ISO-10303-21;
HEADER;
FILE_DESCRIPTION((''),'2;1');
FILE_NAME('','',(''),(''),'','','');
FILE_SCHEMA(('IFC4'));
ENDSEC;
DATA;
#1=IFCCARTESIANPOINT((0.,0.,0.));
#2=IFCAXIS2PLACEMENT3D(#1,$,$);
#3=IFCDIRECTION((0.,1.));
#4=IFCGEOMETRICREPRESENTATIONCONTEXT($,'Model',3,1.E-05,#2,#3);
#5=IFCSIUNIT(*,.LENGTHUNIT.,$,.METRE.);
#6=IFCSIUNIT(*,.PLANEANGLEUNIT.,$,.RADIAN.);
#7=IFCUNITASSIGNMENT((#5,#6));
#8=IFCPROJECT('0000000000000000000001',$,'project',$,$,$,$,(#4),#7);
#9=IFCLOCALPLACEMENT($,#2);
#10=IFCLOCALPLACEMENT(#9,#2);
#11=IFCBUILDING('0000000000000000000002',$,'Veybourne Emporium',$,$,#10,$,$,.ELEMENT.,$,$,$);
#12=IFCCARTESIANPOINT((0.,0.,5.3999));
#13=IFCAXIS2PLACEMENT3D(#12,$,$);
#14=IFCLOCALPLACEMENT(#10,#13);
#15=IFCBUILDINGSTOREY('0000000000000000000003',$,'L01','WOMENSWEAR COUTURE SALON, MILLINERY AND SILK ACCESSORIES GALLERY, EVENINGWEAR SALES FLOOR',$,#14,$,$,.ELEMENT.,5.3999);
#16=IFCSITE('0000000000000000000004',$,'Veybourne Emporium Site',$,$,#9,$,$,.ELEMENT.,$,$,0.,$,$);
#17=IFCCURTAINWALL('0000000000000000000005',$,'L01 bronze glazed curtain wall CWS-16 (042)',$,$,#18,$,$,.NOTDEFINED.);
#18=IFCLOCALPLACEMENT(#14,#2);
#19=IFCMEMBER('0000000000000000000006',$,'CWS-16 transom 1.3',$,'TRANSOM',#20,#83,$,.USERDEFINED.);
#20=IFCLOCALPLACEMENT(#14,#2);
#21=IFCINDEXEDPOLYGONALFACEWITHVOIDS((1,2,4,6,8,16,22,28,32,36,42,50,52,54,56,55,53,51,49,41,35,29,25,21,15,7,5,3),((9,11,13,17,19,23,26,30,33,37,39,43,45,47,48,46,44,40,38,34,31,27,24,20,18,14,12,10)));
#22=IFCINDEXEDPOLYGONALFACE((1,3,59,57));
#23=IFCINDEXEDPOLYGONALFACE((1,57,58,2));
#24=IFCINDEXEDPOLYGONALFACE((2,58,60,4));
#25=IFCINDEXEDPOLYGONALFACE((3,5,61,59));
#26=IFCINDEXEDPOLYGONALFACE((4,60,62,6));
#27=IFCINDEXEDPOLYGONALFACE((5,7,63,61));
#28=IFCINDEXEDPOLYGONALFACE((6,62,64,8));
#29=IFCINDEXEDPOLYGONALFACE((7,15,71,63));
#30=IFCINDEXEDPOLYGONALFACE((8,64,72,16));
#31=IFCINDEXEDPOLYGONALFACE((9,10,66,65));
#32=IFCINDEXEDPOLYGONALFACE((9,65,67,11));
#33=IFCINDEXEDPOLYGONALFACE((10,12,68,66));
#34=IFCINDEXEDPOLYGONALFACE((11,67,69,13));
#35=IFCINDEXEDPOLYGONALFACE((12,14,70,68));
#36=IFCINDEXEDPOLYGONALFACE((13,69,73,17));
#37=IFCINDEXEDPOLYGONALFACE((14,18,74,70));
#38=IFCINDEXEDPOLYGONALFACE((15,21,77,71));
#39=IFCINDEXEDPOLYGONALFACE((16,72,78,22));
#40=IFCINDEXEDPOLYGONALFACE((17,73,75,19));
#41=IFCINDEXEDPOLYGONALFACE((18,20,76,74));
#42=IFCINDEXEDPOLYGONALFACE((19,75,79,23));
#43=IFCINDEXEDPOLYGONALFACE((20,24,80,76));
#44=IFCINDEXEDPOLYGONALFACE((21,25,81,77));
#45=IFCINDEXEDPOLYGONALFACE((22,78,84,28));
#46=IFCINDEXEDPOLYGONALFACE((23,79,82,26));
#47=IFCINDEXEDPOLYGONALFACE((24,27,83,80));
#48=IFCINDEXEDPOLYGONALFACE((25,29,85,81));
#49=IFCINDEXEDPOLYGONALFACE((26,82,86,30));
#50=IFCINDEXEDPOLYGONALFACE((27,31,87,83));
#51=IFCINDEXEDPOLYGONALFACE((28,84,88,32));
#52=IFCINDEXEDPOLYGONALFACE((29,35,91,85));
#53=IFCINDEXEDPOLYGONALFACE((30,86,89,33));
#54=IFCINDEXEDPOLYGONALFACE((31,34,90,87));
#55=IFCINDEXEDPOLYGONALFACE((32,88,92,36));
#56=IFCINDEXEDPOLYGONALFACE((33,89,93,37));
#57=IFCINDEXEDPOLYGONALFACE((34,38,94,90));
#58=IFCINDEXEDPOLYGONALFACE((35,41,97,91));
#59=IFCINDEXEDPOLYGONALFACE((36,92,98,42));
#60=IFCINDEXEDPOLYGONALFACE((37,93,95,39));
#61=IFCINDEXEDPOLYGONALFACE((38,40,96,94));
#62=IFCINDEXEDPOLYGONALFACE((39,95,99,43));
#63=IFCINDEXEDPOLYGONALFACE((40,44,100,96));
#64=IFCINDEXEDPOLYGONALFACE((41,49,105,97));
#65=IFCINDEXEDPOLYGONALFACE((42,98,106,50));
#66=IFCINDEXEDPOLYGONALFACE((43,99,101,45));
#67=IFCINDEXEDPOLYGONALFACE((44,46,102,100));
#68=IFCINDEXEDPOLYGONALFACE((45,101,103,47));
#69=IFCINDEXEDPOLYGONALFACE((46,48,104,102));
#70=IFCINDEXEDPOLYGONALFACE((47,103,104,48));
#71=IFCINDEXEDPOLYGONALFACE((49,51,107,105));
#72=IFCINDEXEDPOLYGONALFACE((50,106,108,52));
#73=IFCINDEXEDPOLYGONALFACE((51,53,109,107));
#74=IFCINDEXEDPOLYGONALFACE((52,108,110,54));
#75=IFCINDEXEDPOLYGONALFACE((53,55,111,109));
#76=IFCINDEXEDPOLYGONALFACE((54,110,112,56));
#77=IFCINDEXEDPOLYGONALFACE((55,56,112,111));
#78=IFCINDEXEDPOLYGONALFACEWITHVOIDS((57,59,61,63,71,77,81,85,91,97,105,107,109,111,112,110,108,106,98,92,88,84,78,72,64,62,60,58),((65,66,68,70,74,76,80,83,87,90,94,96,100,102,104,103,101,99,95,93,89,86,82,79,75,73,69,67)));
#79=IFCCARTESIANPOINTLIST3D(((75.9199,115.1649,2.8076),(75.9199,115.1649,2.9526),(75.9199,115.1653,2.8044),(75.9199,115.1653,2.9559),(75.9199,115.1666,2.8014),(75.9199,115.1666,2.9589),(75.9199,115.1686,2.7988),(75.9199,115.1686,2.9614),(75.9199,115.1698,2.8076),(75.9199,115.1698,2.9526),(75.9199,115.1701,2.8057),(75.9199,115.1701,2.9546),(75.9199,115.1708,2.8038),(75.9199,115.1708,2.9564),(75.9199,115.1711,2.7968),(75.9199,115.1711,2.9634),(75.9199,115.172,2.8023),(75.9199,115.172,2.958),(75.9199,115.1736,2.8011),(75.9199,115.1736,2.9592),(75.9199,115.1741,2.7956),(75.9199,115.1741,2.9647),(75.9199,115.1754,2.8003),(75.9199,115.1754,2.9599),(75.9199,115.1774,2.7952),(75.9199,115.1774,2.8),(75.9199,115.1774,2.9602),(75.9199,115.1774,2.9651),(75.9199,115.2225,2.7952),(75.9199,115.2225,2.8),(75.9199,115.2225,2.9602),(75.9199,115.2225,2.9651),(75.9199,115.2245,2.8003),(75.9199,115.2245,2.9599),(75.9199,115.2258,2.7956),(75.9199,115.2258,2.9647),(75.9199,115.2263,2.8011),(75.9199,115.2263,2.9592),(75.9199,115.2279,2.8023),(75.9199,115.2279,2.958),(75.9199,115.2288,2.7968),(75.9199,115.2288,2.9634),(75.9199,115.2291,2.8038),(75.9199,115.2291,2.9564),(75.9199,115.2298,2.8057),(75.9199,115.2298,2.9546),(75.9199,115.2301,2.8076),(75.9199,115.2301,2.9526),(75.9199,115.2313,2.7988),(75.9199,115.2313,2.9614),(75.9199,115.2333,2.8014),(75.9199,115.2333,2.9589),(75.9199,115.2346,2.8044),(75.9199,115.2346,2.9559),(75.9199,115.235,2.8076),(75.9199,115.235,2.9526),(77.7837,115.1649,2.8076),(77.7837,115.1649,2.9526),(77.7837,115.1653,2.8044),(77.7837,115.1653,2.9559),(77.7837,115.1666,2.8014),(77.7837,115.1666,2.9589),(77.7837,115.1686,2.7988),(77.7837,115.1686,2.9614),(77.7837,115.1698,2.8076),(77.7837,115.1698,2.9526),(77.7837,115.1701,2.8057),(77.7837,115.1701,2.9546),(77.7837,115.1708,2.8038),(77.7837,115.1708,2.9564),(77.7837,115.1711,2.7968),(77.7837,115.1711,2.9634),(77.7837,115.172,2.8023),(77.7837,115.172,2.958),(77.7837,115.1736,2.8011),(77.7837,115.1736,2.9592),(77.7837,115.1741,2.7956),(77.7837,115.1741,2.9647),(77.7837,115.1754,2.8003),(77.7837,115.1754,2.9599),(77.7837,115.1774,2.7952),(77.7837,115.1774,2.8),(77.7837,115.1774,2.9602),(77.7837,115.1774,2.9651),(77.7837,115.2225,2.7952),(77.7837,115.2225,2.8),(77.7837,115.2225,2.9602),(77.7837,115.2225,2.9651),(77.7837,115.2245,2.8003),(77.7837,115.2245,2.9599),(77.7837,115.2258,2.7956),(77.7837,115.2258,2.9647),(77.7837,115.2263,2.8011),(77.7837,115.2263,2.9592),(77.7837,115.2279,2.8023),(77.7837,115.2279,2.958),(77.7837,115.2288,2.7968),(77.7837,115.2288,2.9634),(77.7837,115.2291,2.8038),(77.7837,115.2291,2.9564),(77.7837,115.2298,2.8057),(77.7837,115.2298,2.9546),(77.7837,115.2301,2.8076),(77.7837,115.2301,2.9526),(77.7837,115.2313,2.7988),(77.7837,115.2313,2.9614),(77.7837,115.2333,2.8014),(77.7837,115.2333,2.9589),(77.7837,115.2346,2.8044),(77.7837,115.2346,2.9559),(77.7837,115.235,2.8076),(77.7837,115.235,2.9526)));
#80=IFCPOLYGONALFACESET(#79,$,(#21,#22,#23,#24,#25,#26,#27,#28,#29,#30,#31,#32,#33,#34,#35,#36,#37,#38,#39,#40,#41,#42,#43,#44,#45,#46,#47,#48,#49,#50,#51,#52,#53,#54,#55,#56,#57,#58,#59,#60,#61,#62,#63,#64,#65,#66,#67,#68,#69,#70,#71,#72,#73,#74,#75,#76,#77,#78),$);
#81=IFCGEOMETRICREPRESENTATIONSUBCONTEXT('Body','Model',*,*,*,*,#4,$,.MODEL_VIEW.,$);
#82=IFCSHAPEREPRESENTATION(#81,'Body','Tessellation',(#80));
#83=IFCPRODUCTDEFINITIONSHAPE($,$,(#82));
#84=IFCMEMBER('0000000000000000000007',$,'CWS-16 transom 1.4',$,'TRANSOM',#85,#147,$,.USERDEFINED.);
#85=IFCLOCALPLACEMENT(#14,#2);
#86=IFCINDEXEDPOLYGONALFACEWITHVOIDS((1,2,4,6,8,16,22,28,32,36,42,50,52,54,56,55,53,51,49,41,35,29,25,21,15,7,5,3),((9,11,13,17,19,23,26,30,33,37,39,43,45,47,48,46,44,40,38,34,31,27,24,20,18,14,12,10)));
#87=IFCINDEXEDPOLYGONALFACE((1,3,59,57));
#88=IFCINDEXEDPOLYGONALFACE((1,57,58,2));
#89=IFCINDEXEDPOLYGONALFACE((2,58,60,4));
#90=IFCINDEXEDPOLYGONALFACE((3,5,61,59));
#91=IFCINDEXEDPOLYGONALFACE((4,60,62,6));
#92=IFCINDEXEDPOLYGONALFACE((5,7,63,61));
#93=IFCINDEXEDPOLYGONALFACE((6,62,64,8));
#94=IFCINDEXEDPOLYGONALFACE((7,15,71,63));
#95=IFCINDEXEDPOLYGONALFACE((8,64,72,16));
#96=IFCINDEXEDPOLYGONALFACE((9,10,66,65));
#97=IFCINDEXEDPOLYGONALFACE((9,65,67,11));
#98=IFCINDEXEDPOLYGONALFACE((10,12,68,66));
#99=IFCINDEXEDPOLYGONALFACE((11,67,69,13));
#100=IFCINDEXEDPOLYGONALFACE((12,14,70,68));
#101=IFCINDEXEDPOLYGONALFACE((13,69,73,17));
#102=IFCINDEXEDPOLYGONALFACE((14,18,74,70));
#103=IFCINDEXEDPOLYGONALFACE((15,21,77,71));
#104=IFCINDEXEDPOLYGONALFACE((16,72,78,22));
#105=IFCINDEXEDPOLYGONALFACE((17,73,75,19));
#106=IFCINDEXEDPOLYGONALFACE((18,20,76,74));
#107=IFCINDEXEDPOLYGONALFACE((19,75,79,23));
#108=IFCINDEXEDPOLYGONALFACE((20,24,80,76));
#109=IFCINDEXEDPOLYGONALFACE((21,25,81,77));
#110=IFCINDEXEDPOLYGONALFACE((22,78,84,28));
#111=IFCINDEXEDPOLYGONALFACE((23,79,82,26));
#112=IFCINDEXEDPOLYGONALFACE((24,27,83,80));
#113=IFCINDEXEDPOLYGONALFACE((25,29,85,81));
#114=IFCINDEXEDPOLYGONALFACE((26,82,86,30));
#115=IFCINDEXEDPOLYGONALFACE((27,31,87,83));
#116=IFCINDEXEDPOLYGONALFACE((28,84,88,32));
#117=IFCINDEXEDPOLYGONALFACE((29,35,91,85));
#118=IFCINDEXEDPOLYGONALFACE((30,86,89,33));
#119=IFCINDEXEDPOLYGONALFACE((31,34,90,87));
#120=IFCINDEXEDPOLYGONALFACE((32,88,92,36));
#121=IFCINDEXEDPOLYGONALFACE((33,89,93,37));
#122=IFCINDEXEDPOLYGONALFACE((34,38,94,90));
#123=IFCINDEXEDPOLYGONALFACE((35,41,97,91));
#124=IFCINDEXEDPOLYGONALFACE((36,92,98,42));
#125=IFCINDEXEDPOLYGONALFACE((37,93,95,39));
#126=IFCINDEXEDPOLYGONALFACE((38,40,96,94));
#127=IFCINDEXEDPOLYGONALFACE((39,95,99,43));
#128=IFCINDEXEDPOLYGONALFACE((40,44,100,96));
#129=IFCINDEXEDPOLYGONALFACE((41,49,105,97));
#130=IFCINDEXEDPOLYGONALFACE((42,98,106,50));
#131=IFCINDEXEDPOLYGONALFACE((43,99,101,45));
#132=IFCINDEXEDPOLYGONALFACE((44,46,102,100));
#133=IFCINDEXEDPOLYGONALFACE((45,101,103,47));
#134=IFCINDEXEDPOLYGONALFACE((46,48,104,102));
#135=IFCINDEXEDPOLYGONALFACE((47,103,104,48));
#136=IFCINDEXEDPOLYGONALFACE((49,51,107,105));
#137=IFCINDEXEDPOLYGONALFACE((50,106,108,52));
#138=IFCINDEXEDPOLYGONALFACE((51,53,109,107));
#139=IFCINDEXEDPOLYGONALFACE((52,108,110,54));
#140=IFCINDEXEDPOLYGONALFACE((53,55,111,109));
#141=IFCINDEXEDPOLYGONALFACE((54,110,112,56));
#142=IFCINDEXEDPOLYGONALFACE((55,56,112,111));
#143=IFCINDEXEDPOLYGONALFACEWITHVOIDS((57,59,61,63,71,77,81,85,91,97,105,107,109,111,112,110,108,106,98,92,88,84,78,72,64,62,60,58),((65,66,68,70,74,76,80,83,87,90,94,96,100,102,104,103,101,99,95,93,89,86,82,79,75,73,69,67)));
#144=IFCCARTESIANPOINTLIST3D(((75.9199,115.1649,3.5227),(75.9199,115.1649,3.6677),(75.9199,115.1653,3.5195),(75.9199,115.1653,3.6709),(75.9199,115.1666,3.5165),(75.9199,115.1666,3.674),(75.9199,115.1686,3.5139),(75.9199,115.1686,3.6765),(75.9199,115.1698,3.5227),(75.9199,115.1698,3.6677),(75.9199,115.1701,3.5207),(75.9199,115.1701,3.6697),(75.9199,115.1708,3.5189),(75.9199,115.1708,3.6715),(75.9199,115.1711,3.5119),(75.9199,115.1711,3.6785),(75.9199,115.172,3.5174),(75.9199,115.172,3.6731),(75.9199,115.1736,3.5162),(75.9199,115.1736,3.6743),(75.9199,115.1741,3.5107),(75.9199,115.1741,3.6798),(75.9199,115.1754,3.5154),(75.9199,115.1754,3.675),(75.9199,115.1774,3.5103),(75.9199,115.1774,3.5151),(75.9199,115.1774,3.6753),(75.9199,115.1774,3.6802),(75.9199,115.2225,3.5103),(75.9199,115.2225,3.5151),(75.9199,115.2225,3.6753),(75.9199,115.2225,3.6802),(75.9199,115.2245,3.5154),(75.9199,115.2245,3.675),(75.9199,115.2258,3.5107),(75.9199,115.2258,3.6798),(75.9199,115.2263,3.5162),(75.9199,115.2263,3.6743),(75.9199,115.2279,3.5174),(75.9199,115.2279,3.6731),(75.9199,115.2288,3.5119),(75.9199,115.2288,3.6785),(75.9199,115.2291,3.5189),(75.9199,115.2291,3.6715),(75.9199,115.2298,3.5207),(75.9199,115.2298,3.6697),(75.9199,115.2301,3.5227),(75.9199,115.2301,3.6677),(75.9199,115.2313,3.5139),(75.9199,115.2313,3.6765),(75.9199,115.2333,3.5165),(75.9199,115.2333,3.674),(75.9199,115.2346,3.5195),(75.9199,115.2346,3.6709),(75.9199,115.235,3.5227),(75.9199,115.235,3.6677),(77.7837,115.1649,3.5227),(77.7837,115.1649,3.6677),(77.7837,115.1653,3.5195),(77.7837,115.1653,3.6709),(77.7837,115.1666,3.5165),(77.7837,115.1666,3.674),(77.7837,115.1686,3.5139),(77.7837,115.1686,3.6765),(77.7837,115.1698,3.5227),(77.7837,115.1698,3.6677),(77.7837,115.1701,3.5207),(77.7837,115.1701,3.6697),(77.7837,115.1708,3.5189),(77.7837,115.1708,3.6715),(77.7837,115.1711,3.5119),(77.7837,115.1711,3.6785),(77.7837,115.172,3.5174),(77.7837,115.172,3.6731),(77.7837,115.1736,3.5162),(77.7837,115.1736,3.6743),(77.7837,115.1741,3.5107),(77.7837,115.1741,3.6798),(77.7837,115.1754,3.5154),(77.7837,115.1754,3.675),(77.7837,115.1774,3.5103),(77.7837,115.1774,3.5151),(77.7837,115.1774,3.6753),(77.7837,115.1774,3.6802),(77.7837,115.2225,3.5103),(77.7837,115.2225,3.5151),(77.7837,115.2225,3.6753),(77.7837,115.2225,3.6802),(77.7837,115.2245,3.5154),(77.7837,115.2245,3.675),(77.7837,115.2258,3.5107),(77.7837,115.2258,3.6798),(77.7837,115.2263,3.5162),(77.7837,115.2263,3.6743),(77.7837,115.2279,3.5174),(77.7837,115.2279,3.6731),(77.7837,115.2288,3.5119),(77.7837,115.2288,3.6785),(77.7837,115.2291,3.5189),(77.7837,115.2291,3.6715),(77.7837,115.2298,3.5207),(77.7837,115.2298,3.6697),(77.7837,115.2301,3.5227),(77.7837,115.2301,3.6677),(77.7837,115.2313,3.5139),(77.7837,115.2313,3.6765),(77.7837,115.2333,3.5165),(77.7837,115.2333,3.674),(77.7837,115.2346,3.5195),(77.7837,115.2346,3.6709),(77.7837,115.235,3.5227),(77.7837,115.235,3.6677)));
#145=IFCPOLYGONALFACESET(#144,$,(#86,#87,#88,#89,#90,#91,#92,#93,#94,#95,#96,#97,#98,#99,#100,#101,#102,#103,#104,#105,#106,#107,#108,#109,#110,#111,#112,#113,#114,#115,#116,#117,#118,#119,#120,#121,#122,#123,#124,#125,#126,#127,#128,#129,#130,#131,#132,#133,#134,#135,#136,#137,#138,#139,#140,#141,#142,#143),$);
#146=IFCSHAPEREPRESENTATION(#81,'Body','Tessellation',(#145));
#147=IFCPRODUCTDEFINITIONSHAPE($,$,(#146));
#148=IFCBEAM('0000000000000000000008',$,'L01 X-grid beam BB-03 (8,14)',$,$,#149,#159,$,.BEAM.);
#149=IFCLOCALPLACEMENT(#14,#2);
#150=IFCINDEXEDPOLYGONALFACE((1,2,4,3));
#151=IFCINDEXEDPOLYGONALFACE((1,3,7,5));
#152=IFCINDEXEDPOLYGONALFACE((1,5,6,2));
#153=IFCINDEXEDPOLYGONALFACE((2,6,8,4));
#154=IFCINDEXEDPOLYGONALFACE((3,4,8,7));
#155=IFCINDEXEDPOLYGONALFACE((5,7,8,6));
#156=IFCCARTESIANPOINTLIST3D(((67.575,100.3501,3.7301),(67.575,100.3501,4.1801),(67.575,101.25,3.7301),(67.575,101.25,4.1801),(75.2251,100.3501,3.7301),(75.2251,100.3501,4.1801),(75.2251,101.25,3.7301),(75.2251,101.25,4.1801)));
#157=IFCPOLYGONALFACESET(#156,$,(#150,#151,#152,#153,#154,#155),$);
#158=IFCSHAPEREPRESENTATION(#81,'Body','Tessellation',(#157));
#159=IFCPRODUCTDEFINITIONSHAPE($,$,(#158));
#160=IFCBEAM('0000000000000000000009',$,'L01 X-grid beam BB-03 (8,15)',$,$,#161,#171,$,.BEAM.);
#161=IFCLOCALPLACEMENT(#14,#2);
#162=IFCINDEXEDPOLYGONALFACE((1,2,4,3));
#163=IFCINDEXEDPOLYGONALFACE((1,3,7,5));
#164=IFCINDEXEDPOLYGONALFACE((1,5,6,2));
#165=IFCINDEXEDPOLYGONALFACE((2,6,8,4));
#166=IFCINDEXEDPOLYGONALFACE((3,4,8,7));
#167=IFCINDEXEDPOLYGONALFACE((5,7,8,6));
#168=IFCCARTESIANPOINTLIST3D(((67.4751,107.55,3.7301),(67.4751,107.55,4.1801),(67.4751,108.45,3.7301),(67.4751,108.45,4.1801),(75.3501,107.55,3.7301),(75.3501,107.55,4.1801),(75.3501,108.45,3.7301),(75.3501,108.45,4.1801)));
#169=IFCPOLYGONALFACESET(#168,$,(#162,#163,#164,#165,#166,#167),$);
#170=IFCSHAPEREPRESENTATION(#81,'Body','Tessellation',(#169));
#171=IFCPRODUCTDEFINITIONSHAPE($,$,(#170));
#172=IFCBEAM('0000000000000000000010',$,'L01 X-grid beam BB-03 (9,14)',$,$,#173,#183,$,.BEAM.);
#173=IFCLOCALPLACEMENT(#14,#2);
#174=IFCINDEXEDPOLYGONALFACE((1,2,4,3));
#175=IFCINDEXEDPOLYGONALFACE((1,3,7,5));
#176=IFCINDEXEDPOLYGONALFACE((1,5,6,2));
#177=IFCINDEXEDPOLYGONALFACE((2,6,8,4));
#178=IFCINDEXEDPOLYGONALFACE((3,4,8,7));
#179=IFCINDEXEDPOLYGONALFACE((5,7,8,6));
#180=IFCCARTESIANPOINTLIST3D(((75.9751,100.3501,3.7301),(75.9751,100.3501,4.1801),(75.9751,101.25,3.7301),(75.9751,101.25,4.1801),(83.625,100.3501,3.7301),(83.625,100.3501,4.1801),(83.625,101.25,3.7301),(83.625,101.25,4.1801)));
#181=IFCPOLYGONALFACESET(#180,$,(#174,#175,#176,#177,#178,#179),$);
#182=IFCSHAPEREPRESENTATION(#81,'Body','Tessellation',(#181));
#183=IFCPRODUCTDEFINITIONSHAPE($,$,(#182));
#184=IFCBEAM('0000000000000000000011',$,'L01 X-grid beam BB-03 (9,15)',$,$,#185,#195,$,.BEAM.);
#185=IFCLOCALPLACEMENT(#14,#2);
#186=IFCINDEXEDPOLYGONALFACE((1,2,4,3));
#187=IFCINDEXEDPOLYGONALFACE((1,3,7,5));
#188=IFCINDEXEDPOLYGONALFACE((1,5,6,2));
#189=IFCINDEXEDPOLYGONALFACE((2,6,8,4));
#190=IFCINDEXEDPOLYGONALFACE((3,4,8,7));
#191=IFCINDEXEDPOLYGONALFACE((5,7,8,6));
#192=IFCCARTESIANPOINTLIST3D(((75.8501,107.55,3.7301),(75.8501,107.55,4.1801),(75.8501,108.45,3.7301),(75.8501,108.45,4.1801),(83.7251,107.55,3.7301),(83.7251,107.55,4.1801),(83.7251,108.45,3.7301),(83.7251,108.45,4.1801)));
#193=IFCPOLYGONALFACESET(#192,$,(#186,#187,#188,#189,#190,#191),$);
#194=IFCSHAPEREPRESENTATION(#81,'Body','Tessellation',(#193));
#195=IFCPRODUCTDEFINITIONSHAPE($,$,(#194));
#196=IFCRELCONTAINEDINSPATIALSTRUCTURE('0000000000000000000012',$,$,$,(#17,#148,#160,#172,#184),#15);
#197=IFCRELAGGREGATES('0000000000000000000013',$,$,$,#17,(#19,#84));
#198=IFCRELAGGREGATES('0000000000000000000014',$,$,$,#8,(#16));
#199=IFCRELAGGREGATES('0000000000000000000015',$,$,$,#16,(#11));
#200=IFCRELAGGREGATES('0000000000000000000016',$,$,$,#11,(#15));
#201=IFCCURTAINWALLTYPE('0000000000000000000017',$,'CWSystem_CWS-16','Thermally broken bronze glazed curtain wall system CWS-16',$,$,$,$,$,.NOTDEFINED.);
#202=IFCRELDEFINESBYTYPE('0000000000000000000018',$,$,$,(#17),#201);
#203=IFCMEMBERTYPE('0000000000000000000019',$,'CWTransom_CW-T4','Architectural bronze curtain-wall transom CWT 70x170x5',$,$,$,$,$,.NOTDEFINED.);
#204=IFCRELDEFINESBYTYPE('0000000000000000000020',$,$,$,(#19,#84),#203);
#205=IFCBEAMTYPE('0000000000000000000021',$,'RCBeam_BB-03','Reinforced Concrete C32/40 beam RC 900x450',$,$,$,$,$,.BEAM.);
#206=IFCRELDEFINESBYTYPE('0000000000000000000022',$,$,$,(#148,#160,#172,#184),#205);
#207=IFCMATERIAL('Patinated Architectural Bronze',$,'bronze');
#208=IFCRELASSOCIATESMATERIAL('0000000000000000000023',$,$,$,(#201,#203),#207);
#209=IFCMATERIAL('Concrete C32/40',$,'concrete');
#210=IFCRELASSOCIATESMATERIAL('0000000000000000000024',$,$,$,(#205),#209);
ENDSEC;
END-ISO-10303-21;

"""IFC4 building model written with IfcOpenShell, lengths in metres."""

from ifc_helpers import new_model, si_unit, direction, frame, origin, origin_2d, place, context, subcontext, project, spatial, rectangle, hollow_rectangle, extrude, material, material_profile, profile_set, type_object, element, aggregate, save


model = new_model("IFC4")

# Units and contexts
model_context = context("Model", 3, precision=1e-05, world=origin(), true_north=direction((0.0, 1.0)))
body_context = subcontext(model_context, "Body", "Model", "MODEL_VIEW")
ifc_project = project(units=[si_unit("LENGTHUNIT", "METRE"), si_unit("PLANEANGLEUNIT", "RADIAN")], contexts=[model_context])

# Site, building, storey
site_placement = place(None, origin())
site = spatial("IfcSite", under=ifc_project, at=site_placement, Name="Veybourne Emporium Site", CompositionType="ELEMENT", RefElevation=0.0)
building_placement = place(site_placement, origin())
building = spatial("IfcBuilding", under=site, at=building_placement, Name="Veybourne Emporium", CompositionType="ELEMENT")
storey_placement = place(building_placement, frame((0.0, 0.0, 5.3999)))
storey = spatial("IfcBuildingStorey", under=building, at=storey_placement, Name="L01", Description="WOMENSWEAR COUTURE SALON, MILLINERY AND SILK ACCESSORIES GALLERY, EVENINGWEAR SALES FLOOR", CompositionType="ELEMENT", Elevation=5.3999)

# Curtain wall, members
ifc_material_1 = material(Name="Patinated Architectural Bronze", Category="bronze")
curtain_wall_type = type_object("IfcCurtainWallType", Name="CWSystem_CWS-16", Description="Thermally broken bronze glazed curtain wall system CWS-16", PredefinedType="NOTDEFINED", material=ifc_material_1)
curtain_wall_placement = place(storey_placement, origin())
curtain_wall = element("IfcCurtainWall", 1, at=curtain_wall_placement, inside=storey, type_object=curtain_wall_type, Name="L01 bronze glazed curtain wall CWS-16 (042)", PredefinedType="NOTDEFINED")
ifc_material_profile_1 = material_profile(ifc_material_1, hollow_rectangle(XDim=0.0701, YDim=0.1699, WallThickness=0.0049, InnerFilletRadius=0.0076, OuterFilletRadius=0.0125, at=origin_2d()), Name="CWT 70x170x5")
ifc_profile_set_1 = profile_set([ifc_material_profile_1], Name="Patinated Architectural Bronze")
member_type_1 = type_object("IfcMemberType", Name="CWTransom_CW-T4", Description="Architectural bronze curtain-wall transom CWT 70x170x5", PredefinedType="NOTDEFINED", material=ifc_profile_set_1)
member_1_placement = place(storey_placement, frame((75.9199, 115.2, 2.8801), z_axis=(1.0, 0.0, 0.0), x_axis=(0.0, 1.0, 0.0)))
member_1 = element("IfcMember", 2, at=member_1_placement, type_object=member_type_1, Name="CWS-16 transom 1.3", ObjectType="TRANSOM", PredefinedType="USERDEFINED", context=body_context, shape_type="SweptSolid", body=[
    extrude(hollow_rectangle(XDim=0.0701, YDim=0.1699, WallThickness=0.0049, InnerFilletRadius=0.0076, OuterFilletRadius=0.0125, at=origin_2d()), origin(), (0.0, 0.0, 1.0), 1.8638),
])
member_2_placement = place(storey_placement, frame((75.9199, 115.2, 3.5952), z_axis=(1.0, 0.0, 0.0), x_axis=(0.0, 1.0, 0.0)))
member_2 = element("IfcMember", 3, at=member_2_placement, type_object=member_type_1, Name="CWS-16 transom 1.4", ObjectType="TRANSOM", PredefinedType="USERDEFINED", context=body_context, shape_type="SweptSolid", body=[
    extrude(hollow_rectangle(XDim=0.0701, YDim=0.1699, WallThickness=0.0049, InnerFilletRadius=0.0076, OuterFilletRadius=0.0125, at=origin_2d()), origin(), (0.0, 0.0, 1.0), 1.8638),
])
aggregate(curtain_wall, [member_1, member_2])

# Beams
ifc_material_2 = material(Name="Concrete C32/40", Category="concrete")
ifc_material_profile_2 = material_profile(ifc_material_2, rectangle(XDim=0.8999, YDim=0.45, at=origin_2d()), Name="RC 900x450")
ifc_profile_set_2 = profile_set([ifc_material_profile_2], Name="Concrete C32/40")
beam_type_1 = type_object("IfcBeamType", Name="RCBeam_BB-03", Description="Reinforced Concrete C32/40 beam RC 900x450", PredefinedType="BEAM", material=ifc_profile_set_2)
beam_1_placement = place(storey_placement, frame((67.575, 100.8, 3.9551), z_axis=(1.0, 0.0, 0.0), x_axis=(0.0, 1.0, 0.0)))
element("IfcBeam", 4, at=beam_1_placement, inside=storey, type_object=beam_type_1, Name="L01 X-grid beam BB-03 (8,14)", PredefinedType="BEAM", context=body_context, shape_type="SweptSolid", body=[
    extrude(rectangle(XDim=0.8999, YDim=0.45, at=origin_2d()), origin(), (0.0, 0.0, 1.0), 7.6501),
])
beam_2_placement = place(storey_placement, frame((67.4751, 108.0, 3.9551), z_axis=(1.0, 0.0, 0.0), x_axis=(0.0, 1.0, 0.0)))
element("IfcBeam", 5, at=beam_2_placement, inside=storey, type_object=beam_type_1, Name="L01 X-grid beam BB-03 (8,15)", PredefinedType="BEAM", context=body_context, shape_type="SweptSolid", body=[
    extrude(rectangle(XDim=0.8999, YDim=0.45, at=origin_2d()), origin(), (0.0, 0.0, 1.0), 7.875),
])
beam_3_placement = place(storey_placement, frame((75.9751, 100.8, 3.9551), z_axis=(1.0, 0.0, 0.0), x_axis=(0.0, 1.0, 0.0)))
element("IfcBeam", 6, at=beam_3_placement, inside=storey, type_object=beam_type_1, Name="L01 X-grid beam BB-03 (9,14)", PredefinedType="BEAM", context=body_context, shape_type="SweptSolid", body=[
    extrude(rectangle(XDim=0.8999, YDim=0.45, at=origin_2d()), origin(), (0.0, 0.0, 1.0), 7.6499),
])
beam_4_placement = place(storey_placement, frame((75.8501, 108.0, 3.9551), z_axis=(1.0, 0.0, 0.0), x_axis=(0.0, 1.0, 0.0)))
element("IfcBeam", 7, at=beam_4_placement, inside=storey, type_object=beam_type_1, Name="L01 X-grid beam BB-03 (9,15)", PredefinedType="BEAM", context=body_context, shape_type="SweptSolid", body=[
    extrude(rectangle(XDim=0.8999, YDim=0.45, at=origin_2d()), origin(), (0.0, 0.0, 1.0), 7.875),
])

save(model, "model.ifc")
